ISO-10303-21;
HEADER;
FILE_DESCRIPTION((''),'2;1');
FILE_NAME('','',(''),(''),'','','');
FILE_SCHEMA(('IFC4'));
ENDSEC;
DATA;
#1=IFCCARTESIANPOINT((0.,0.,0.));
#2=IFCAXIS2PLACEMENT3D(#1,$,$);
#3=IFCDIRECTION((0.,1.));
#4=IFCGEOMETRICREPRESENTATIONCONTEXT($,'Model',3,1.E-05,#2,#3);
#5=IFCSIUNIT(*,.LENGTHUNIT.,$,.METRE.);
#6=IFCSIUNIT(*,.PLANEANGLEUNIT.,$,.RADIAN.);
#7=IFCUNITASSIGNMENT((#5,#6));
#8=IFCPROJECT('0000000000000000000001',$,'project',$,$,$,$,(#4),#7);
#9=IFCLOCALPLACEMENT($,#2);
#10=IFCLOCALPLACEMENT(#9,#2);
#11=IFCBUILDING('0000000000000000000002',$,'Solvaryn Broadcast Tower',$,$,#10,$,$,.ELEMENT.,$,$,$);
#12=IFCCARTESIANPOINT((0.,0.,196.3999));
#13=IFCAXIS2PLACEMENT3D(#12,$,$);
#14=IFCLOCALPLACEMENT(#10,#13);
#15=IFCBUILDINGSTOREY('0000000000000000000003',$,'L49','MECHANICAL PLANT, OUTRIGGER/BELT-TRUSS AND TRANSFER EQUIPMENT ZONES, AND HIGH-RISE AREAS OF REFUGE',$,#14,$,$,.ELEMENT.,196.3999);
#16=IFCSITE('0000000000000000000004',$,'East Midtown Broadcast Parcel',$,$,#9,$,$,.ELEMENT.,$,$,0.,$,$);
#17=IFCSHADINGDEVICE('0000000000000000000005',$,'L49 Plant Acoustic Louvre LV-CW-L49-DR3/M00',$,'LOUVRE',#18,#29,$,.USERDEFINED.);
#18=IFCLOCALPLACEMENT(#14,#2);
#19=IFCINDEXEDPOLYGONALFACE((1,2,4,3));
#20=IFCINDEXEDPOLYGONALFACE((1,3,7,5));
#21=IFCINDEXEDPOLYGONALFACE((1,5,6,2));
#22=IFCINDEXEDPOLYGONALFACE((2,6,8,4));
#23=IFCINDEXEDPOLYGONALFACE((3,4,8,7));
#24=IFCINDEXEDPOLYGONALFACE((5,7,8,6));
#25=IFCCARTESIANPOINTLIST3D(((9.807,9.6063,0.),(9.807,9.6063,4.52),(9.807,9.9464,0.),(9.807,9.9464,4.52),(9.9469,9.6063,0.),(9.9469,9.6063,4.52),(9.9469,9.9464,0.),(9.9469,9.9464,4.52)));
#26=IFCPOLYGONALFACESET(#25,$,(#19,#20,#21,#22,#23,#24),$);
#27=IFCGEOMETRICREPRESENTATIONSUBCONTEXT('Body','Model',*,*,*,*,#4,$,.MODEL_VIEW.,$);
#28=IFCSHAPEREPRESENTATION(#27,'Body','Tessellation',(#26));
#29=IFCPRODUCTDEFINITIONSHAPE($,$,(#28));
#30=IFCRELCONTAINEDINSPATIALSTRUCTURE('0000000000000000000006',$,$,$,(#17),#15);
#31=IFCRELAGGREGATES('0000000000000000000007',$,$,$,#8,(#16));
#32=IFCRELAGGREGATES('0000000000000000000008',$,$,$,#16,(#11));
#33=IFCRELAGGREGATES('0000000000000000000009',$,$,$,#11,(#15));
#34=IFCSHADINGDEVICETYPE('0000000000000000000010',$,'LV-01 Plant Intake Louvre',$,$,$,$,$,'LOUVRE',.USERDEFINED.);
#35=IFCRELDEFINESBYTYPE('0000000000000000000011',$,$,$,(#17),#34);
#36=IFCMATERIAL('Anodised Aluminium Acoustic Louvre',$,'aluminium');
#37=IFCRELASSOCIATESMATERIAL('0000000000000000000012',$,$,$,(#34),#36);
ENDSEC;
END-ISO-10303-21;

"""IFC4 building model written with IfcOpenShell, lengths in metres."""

from ifc_helpers import new_model, si_unit, direction, frame, origin, origin_2d, place, context, subcontext, project, spatial, rectangle, extrude, material, type_object, element, save


model = new_model("IFC4")

# Units and contexts
model_context = context("Model", 3, precision=1e-05, world=origin(), true_north=direction((0.0, 1.0)))
body_context = subcontext(model_context, "Body", "Model", "MODEL_VIEW")
ifc_project = project(units=[si_unit("LENGTHUNIT", "METRE"), si_unit("PLANEANGLEUNIT", "RADIAN")], contexts=[model_context])

# Site, building, storey
site_placement = place(None, origin())
site = spatial("IfcSite", under=ifc_project, at=site_placement, Name="East Midtown Broadcast Parcel", CompositionType="ELEMENT", RefElevation=0.0)
building_placement = place(site_placement, origin())
building = spatial("IfcBuilding", under=site, at=building_placement, Name="Solvaryn Broadcast Tower", CompositionType="ELEMENT")
storey_placement = place(building_placement, frame((0.0, 0.0, 196.3999)))
storey = spatial("IfcBuildingStorey", under=building, at=storey_placement, Name="L49", Description="MECHANICAL PLANT, OUTRIGGER/BELT-TRUSS AND TRANSFER EQUIPMENT ZONES, AND HIGH-RISE AREAS OF REFUGE", CompositionType="ELEMENT", Elevation=196.3999)

# Shading device
ifc_material_1 = material(Name="Anodised Aluminium Acoustic Louvre", Category="aluminium")
shading_device_type = type_object("IfcShadingDeviceType", Name="LV-01 Plant Intake Louvre", ElementType="LOUVRE", PredefinedType="USERDEFINED", material=ifc_material_1)
shading_device_placement = place(storey_placement, frame((9.877, 9.7764, 0.0), z_axis=(0.0, 0.0, 1.0), x_axis=(1.0, 0.0, 0.0)))
element("IfcShadingDevice", 1, at=shading_device_placement, inside=storey, type_object=shading_device_type, Name="L49 Plant Acoustic Louvre LV-CW-L49-DR3/M00", ObjectType="LOUVRE", PredefinedType="USERDEFINED", context=body_context, shape_type="SweptSolid", body=[
    extrude(rectangle(XDim=0.1399, YDim=0.3401, at=origin_2d()), origin(), (0.0, 0.0, 1.0), 4.52),
])

save(model, "model.ifc")
